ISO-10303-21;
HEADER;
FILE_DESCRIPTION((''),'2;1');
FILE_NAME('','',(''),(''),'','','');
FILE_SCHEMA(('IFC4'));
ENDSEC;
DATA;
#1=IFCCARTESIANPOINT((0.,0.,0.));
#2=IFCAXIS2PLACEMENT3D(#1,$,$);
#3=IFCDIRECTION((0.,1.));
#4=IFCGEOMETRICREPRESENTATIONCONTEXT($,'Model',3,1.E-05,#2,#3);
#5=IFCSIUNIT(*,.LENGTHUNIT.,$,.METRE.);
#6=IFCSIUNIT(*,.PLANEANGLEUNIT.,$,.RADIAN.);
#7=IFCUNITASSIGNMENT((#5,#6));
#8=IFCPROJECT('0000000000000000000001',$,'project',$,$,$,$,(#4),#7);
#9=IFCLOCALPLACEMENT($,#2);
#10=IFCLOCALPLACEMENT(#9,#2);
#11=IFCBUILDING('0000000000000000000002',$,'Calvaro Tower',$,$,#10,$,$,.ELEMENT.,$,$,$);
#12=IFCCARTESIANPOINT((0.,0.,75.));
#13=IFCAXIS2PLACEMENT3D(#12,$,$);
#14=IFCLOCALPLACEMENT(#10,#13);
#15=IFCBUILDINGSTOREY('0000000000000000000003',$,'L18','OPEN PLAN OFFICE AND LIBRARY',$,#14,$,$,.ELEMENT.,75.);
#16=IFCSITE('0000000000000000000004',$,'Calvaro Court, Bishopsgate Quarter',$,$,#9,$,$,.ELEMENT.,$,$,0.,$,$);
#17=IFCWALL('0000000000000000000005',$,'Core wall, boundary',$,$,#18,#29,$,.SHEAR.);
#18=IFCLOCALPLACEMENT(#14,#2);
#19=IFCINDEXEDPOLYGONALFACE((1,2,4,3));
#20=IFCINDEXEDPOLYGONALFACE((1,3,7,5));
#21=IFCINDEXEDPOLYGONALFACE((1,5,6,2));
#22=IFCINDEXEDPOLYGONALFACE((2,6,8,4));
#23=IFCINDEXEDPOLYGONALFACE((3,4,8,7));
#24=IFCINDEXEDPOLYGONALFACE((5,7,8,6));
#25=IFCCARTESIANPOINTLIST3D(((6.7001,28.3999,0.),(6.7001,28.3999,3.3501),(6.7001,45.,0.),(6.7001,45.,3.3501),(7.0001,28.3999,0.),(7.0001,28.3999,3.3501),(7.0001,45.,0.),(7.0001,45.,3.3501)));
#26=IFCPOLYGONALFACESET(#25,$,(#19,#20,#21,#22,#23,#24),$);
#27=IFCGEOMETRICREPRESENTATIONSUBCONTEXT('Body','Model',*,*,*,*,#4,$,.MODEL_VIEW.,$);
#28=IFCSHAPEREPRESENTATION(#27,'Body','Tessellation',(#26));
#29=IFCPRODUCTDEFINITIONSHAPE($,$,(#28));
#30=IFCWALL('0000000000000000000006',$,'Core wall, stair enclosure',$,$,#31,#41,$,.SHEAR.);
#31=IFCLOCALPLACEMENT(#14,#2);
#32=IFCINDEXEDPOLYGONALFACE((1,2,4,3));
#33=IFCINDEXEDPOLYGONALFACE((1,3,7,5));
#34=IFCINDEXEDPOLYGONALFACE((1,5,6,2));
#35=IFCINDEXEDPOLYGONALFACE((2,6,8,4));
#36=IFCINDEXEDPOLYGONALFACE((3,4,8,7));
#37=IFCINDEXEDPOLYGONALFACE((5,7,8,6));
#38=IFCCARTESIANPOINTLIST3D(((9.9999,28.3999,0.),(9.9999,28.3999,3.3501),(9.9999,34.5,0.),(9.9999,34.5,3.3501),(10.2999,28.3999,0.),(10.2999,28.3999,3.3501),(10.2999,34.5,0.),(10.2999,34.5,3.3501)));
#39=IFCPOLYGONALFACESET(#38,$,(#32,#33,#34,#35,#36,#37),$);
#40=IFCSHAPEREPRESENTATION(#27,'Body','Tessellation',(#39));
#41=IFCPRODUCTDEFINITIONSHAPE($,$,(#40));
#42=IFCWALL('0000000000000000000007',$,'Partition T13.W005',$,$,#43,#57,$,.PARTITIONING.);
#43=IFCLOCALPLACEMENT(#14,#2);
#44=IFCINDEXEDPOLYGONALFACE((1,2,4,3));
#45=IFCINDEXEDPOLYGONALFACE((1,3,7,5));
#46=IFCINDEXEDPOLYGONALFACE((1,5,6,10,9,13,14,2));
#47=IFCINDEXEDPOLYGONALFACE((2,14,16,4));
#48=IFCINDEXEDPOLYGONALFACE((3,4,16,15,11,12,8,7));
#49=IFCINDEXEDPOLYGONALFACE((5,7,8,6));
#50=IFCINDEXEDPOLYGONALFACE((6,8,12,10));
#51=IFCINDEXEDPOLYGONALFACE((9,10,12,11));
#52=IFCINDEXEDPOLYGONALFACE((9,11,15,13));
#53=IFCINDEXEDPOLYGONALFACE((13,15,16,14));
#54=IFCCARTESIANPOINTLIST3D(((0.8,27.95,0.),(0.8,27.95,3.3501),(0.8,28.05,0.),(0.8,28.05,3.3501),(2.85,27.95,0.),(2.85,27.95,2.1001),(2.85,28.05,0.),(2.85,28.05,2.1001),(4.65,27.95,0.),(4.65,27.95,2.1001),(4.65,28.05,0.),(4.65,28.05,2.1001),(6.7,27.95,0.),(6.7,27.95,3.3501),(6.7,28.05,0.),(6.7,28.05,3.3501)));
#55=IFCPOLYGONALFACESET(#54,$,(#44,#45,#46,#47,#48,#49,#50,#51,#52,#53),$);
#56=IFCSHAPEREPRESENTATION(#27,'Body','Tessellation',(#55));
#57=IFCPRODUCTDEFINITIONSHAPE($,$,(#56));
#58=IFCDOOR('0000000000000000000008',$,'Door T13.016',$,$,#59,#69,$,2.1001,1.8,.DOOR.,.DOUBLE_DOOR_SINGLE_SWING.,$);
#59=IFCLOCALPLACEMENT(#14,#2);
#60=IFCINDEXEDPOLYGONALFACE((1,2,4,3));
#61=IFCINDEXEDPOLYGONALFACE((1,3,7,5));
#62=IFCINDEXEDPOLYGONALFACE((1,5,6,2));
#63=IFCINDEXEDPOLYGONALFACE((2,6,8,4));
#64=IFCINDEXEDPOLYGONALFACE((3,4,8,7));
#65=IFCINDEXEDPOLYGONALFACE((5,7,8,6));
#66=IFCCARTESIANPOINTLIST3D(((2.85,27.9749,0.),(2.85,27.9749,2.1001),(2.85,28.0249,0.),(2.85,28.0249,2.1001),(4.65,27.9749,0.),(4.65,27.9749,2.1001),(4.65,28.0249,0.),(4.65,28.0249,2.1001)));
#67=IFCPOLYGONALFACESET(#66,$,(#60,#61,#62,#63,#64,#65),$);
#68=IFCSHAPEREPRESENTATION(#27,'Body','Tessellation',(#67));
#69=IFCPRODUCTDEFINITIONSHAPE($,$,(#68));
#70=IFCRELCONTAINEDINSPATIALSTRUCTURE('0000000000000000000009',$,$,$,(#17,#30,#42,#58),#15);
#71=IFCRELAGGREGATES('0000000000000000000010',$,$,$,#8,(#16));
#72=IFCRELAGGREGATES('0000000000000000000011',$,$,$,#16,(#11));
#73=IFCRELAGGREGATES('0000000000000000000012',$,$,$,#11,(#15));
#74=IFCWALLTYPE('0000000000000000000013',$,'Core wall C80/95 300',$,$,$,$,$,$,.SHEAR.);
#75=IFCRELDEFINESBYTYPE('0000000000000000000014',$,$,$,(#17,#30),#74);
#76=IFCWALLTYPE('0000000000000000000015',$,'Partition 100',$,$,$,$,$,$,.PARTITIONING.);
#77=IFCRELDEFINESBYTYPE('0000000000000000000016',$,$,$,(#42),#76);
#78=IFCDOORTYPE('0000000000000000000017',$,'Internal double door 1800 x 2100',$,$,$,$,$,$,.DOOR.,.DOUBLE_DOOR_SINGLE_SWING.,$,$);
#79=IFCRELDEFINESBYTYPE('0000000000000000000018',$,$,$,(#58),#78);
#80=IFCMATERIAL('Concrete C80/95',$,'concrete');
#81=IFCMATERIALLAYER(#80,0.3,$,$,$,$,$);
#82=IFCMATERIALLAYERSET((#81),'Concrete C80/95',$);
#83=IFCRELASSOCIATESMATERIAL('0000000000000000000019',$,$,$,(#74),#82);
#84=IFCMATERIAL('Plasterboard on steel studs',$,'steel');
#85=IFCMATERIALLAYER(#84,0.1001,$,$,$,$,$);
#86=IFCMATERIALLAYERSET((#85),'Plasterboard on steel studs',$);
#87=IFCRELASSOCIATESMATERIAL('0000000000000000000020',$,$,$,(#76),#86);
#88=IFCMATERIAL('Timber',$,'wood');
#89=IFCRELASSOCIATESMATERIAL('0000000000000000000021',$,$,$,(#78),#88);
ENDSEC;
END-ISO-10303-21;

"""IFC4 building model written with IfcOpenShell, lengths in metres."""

from ifc_helpers import new_model, si_unit, direction, frame, frame_2d, origin, place, context, subcontext, project, spatial, rectangle, extrude, material, layer, layer_set, type_object, element, fill, save


model = new_model("IFC4")

# Units and contexts
model_context = context("Model", 3, precision=1e-05, world=origin(), true_north=direction((0.0, 1.0)))
body_context = subcontext(model_context, "Body", "Model", "MODEL_VIEW")
ifc_project = project(units=[si_unit("LENGTHUNIT", "METRE"), si_unit("PLANEANGLEUNIT", "RADIAN")], contexts=[model_context])

# Site, building, storey
site_placement = place(None, origin())
site = spatial("IfcSite", under=ifc_project, at=site_placement, Name="Calvaro Court, Bishopsgate Quarter", CompositionType="ELEMENT", RefElevation=0.0)
building_placement = place(site_placement, origin())
building = spatial("IfcBuilding", under=site, at=building_placement, Name="Calvaro Tower", CompositionType="ELEMENT")
storey_placement = place(building_placement, frame((0.0, 0.0, 75.0)))
storey = spatial("IfcBuildingStorey", under=building, at=storey_placement, Name="L18", Description="OPEN PLAN OFFICE AND LIBRARY", CompositionType="ELEMENT", Elevation=75.0)

# Walls
ifc_material_1 = material(Name="Concrete C80/95", Category="concrete")
ifc_layer_1 = layer(ifc_material_1, 0.3)
ifc_layer_set_1 = layer_set([ifc_layer_1], Name="Concrete C80/95")
wall_type_1 = type_object("IfcWallType", Name="Core wall C80/95 300", PredefinedType="SHEAR", material=ifc_layer_set_1)
wall_1_placement = place(storey_placement, frame((6.8501, 28.3999, 0.0), z_axis=(0.0, 0.0, 1.0), x_axis=(0.0, 1.0, 0.0)))
element("IfcWall", 1, at=wall_1_placement, inside=storey, type_object=wall_type_1, Name="Core wall, boundary", PredefinedType="SHEAR", context=body_context, shape_type="SweptSolid", body=[
    extrude(rectangle(XDim=16.6001, YDim=0.3, at=frame_2d((8.3, 0.0))), origin(), (0.0, 0.0, 1.0), 3.3501),
])
wall_2_placement = place(storey_placement, frame((10.1499, 28.3999, 0.0), z_axis=(0.0, 0.0, 1.0), x_axis=(0.0, 1.0, 0.0)))
element("IfcWall", 2, at=wall_2_placement, inside=storey, type_object=wall_type_1, Name="Core wall, stair enclosure", PredefinedType="SHEAR", context=body_context, shape_type="SweptSolid", body=[
    extrude(rectangle(XDim=6.1001, YDim=0.3, at=frame_2d((3.05, 0.0))), origin(), (0.0, 0.0, 1.0), 3.3501),
])

# Wall, opening, door
ifc_material_2 = material(Name="Plasterboard on steel studs", Category="steel")
ifc_layer_2 = layer(ifc_material_2, 0.1001)
ifc_layer_set_2 = layer_set([ifc_layer_2], Name="Plasterboard on steel studs")
wall_type_2 = type_object("IfcWallType", Name="Partition 100", PredefinedType="PARTITIONING", material=ifc_layer_set_2)
wall_3_placement = place(storey_placement, frame((0.8, 28.0, 0.0), z_axis=(0.0, 0.0, 1.0), x_axis=(1.0, 0.0, 0.0)))
wall_3 = element("IfcWall", 3, at=wall_3_placement, inside=storey, type_object=wall_type_2, Name="Partition T13.W005", PredefinedType="PARTITIONING", context=body_context, shape_type="SweptSolid", body=[
    extrude(rectangle(XDim=5.8999, YDim=0.1001, at=frame_2d((2.95, 0.0))), origin(), (0.0, 0.0, 1.0), 3.3501),
])
opening_1_placement = place(wall_3_placement, frame((2.05, 0.0, 0.0)))
opening_1 = element("IfcOpeningElement", 4, at=opening_1_placement, cuts=wall_3, PredefinedType="OPENING", context=body_context, shape_type="SweptSolid", body=[
    extrude(rectangle(XDim=1.8, YDim=2.1001, at=frame_2d((0.8999, 1.05))), frame((0.0, 0.0601, 0.0), z_axis=(0.0, -1.0, 0.0), x_axis=(1.0, 0.0, 0.0)), (0.0, 0.0, 1.0), 0.1201),
])
ifc_material_3 = material(Name="Timber", Category="wood")
door_type_1 = type_object("IfcDoorType", Name="Internal double door 1800 x 2100", OperationType="DOUBLE_DOOR_SINGLE_SWING", PredefinedType="DOOR", material=ifc_material_3)
door_1_placement = place(opening_1_placement, origin())
door_1 = element("IfcDoor", 5, at=door_1_placement, inside=storey, type_object=door_type_1, Name="Door T13.016", OperationType="DOUBLE_DOOR_SINGLE_SWING", OverallHeight=2.1001, OverallWidth=1.8, PredefinedType="DOOR", context=body_context, shape_type="SweptSolid", body=[
    extrude(rectangle(XDim=1.8, YDim=2.1001, at=frame_2d((0.8999, 1.05))), frame((0.0, 0.0249, 0.0), z_axis=(0.0, -1.0, 0.0), x_axis=(1.0, 0.0, 0.0)), (0.0, 0.0, 1.0), 0.05),
])
fill(opening_1, door_1)

save(model, "model.ifc")
